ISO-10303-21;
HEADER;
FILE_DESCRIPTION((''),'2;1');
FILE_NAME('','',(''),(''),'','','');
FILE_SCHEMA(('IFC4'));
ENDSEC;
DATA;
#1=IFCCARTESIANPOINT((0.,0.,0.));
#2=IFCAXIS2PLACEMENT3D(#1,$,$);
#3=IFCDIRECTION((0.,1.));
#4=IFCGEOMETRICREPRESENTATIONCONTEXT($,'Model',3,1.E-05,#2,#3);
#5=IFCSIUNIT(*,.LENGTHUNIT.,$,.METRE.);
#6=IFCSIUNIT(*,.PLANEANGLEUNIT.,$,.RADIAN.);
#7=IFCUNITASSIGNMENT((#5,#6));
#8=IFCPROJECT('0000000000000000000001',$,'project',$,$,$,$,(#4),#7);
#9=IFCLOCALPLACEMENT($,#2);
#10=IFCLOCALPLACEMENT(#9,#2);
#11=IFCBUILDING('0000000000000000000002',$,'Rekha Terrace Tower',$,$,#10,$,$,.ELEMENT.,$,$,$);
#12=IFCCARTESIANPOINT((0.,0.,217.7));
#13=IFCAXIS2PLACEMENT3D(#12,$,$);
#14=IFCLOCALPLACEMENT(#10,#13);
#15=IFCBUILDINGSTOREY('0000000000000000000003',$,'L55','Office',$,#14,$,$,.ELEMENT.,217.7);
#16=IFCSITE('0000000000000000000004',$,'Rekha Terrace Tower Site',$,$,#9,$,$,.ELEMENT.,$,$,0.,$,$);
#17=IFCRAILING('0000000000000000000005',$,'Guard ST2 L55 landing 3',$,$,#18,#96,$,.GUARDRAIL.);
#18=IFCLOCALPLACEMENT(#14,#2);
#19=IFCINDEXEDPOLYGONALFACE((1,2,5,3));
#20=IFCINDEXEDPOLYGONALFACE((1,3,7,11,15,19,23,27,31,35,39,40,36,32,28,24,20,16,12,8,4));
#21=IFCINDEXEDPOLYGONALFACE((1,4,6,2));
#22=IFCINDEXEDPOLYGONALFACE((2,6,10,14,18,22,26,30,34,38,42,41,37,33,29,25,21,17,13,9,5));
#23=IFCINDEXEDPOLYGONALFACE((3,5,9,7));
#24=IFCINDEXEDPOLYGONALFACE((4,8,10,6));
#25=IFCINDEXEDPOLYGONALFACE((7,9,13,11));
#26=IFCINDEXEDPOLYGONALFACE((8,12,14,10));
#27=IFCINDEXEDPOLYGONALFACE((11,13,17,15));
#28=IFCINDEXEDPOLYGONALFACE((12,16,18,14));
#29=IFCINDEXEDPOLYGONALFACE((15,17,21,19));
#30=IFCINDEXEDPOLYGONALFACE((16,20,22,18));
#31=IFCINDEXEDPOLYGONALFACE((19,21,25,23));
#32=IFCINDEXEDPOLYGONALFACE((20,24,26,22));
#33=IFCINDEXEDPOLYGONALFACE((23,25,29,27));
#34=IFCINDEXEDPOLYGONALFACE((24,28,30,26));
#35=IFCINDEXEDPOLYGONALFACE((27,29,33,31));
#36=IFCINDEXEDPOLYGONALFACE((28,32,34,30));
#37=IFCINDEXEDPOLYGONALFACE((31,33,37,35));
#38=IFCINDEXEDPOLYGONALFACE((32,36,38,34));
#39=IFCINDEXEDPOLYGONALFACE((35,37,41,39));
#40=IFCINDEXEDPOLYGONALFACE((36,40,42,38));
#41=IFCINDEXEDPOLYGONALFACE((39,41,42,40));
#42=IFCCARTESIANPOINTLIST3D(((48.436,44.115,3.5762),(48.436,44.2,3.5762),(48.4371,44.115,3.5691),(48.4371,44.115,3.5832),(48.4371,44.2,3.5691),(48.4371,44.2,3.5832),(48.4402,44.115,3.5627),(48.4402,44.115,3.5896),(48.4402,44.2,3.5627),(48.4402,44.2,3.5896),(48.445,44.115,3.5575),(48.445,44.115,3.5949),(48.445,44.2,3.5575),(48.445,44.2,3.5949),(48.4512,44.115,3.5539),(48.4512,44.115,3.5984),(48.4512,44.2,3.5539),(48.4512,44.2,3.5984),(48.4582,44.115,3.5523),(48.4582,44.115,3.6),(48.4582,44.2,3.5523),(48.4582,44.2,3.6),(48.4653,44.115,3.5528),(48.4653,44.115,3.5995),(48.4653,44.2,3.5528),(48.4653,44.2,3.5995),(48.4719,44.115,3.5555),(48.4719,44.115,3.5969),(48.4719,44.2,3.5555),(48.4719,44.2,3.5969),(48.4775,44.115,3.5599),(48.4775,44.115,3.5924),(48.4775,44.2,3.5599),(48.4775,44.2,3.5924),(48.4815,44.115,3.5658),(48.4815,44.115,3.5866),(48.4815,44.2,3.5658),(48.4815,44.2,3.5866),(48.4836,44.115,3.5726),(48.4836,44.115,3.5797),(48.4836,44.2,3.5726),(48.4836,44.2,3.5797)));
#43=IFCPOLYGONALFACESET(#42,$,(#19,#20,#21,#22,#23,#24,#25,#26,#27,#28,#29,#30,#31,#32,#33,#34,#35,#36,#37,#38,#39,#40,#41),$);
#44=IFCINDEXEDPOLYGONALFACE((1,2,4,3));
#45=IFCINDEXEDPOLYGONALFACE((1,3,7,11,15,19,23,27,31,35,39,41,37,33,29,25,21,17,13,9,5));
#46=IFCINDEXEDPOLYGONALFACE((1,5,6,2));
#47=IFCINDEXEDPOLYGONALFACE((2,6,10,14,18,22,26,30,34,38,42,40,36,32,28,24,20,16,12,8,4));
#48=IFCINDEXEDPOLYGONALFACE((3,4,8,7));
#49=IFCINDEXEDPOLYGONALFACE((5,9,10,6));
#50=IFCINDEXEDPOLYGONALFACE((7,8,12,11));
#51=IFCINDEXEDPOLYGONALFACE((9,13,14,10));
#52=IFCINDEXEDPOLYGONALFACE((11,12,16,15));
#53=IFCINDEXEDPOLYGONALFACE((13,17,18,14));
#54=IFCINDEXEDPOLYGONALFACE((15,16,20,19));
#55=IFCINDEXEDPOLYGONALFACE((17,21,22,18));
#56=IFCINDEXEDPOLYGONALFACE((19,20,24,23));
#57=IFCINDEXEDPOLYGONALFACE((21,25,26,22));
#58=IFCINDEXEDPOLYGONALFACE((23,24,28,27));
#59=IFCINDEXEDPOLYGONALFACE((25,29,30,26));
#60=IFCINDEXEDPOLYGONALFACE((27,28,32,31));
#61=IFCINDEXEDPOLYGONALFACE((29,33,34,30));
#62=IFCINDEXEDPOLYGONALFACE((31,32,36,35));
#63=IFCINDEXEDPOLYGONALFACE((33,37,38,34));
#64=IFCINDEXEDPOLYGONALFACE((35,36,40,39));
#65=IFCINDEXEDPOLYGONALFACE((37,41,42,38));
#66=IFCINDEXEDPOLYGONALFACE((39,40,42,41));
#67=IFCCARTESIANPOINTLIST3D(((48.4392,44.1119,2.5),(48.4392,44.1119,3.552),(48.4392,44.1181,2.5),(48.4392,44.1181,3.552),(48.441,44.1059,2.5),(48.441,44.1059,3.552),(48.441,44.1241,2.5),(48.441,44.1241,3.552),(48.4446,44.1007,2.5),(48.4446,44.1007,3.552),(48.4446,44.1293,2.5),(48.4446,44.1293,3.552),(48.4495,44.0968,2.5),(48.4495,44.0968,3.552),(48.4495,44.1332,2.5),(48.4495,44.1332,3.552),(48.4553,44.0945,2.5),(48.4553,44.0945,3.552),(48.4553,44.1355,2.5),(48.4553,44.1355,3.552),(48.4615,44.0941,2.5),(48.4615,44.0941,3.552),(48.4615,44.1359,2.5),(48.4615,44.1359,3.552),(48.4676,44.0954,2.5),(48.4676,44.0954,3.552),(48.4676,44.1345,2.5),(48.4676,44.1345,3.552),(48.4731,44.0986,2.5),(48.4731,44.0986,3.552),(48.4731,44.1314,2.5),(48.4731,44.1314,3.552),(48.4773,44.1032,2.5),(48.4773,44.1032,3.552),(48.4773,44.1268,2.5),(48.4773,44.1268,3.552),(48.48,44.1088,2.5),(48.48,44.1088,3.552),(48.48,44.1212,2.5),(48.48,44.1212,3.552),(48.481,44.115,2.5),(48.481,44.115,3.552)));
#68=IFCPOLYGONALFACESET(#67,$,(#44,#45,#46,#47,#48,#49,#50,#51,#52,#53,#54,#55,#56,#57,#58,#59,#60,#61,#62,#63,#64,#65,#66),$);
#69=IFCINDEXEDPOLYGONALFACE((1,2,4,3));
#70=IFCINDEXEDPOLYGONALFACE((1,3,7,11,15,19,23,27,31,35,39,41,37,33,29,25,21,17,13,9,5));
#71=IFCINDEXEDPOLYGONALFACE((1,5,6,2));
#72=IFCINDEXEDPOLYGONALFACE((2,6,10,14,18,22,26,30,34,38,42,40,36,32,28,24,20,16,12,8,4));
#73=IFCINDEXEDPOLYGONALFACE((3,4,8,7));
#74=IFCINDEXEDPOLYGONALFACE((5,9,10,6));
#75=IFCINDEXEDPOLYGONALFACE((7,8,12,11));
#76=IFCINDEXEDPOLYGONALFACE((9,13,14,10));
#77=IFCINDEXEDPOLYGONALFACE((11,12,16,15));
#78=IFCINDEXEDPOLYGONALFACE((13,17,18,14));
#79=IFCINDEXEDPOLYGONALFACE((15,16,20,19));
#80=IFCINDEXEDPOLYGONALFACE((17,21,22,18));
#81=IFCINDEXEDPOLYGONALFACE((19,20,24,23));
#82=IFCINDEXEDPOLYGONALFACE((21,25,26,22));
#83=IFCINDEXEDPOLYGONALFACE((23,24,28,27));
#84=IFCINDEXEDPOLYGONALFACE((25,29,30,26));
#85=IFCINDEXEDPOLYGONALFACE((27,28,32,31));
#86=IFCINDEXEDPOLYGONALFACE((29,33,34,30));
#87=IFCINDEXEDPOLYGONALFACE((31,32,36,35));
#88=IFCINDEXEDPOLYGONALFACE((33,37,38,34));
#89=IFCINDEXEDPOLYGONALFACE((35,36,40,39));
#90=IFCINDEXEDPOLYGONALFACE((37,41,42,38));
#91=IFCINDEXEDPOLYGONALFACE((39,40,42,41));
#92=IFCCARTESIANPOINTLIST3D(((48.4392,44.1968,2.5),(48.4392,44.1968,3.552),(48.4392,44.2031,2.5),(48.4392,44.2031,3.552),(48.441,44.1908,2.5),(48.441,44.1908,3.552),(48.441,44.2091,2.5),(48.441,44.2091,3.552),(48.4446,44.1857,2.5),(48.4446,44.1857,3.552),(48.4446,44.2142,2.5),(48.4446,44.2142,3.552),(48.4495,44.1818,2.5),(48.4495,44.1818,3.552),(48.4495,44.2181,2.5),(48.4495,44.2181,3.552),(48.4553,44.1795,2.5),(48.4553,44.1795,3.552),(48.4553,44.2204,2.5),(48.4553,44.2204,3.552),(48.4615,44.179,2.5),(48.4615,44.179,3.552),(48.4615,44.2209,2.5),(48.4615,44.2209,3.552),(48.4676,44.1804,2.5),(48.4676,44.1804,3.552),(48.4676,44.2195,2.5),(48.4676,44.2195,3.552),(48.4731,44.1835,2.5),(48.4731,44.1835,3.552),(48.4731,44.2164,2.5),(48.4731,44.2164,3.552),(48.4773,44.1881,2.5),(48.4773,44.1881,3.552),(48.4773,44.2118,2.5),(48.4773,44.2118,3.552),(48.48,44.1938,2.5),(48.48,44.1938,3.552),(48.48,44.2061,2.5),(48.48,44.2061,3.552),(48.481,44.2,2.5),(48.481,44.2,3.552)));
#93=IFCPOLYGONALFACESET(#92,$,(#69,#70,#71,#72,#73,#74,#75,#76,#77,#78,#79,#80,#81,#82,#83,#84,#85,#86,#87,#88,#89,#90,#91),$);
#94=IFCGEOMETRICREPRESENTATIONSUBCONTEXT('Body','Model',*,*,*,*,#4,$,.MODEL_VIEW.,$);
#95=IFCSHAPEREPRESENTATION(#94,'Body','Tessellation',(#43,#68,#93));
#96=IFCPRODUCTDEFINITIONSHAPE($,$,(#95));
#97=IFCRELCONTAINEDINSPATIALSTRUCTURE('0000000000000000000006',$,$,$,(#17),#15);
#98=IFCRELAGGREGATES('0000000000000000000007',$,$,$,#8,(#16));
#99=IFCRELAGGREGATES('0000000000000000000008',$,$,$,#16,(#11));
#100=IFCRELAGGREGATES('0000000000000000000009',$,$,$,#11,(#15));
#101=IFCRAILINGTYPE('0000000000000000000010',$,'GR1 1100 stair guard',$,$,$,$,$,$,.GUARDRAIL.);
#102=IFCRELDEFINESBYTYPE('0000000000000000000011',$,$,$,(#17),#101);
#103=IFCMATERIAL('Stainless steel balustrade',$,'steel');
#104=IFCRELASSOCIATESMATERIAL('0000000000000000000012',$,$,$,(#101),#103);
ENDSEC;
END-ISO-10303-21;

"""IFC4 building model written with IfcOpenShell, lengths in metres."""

from ifc_helpers import new_model, si_unit, direction, frame, origin, origin_2d, place, context, subcontext, project, spatial, circle, extrude, material, type_object, element, save


model = new_model("IFC4")

# Units and contexts
model_context = context("Model", 3, precision=1e-05, world=origin(), true_north=direction((0.0, 1.0)))
body_context = subcontext(model_context, "Body", "Model", "MODEL_VIEW")
ifc_project = project(units=[si_unit("LENGTHUNIT", "METRE"), si_unit("PLANEANGLEUNIT", "RADIAN")], contexts=[model_context])

# Site, building, storey
site_placement = place(None, origin())
site = spatial("IfcSite", under=ifc_project, at=site_placement, Name="Rekha Terrace Tower Site", CompositionType="ELEMENT", RefElevation=0.0)
building_placement = place(site_placement, origin())
building = spatial("IfcBuilding", under=site, at=building_placement, Name="Rekha Terrace Tower", CompositionType="ELEMENT")
storey_placement = place(building_placement, frame((0.0, 0.0, 217.7)))
storey = spatial("IfcBuildingStorey", under=building, at=storey_placement, Name="L55", Description="Office", CompositionType="ELEMENT", Elevation=217.7)

# Railing
ifc_material_1 = material(Name="Stainless steel balustrade", Category="steel")
railing_type_1 = type_object("IfcRailingType", Name="GR1 1100 stair guard", PredefinedType="GUARDRAIL", material=ifc_material_1)
railing_1_placement = place(storey_placement, frame((48.46, 44.115, 2.5)))
element("IfcRailing", 1, at=railing_1_placement, inside=storey, type_object=railing_type_1, Name="Guard ST2 L55 landing 3", PredefinedType="GUARDRAIL", context=body_context, shape_type="SweptSolid", body=[
    extrude(circle(Radius=0.0239, at=origin_2d()), frame((0.0, 0.0, 1.0762), z_axis=(0.0, 1.0, 0.0), x_axis=(-1.0, 0.0, 0.0)), (0.0, 0.0, 1.0), 0.085),
    extrude(circle(Radius=0.021, at=origin_2d()), origin(), (0.0, 0.0, 1.0), 1.052),
    extrude(circle(Radius=0.021, at=origin_2d()), frame((0.0, 0.085, 0.0)), (0.0, 0.0, 1.0), 1.052),
])

save(model, "model.ifc")
